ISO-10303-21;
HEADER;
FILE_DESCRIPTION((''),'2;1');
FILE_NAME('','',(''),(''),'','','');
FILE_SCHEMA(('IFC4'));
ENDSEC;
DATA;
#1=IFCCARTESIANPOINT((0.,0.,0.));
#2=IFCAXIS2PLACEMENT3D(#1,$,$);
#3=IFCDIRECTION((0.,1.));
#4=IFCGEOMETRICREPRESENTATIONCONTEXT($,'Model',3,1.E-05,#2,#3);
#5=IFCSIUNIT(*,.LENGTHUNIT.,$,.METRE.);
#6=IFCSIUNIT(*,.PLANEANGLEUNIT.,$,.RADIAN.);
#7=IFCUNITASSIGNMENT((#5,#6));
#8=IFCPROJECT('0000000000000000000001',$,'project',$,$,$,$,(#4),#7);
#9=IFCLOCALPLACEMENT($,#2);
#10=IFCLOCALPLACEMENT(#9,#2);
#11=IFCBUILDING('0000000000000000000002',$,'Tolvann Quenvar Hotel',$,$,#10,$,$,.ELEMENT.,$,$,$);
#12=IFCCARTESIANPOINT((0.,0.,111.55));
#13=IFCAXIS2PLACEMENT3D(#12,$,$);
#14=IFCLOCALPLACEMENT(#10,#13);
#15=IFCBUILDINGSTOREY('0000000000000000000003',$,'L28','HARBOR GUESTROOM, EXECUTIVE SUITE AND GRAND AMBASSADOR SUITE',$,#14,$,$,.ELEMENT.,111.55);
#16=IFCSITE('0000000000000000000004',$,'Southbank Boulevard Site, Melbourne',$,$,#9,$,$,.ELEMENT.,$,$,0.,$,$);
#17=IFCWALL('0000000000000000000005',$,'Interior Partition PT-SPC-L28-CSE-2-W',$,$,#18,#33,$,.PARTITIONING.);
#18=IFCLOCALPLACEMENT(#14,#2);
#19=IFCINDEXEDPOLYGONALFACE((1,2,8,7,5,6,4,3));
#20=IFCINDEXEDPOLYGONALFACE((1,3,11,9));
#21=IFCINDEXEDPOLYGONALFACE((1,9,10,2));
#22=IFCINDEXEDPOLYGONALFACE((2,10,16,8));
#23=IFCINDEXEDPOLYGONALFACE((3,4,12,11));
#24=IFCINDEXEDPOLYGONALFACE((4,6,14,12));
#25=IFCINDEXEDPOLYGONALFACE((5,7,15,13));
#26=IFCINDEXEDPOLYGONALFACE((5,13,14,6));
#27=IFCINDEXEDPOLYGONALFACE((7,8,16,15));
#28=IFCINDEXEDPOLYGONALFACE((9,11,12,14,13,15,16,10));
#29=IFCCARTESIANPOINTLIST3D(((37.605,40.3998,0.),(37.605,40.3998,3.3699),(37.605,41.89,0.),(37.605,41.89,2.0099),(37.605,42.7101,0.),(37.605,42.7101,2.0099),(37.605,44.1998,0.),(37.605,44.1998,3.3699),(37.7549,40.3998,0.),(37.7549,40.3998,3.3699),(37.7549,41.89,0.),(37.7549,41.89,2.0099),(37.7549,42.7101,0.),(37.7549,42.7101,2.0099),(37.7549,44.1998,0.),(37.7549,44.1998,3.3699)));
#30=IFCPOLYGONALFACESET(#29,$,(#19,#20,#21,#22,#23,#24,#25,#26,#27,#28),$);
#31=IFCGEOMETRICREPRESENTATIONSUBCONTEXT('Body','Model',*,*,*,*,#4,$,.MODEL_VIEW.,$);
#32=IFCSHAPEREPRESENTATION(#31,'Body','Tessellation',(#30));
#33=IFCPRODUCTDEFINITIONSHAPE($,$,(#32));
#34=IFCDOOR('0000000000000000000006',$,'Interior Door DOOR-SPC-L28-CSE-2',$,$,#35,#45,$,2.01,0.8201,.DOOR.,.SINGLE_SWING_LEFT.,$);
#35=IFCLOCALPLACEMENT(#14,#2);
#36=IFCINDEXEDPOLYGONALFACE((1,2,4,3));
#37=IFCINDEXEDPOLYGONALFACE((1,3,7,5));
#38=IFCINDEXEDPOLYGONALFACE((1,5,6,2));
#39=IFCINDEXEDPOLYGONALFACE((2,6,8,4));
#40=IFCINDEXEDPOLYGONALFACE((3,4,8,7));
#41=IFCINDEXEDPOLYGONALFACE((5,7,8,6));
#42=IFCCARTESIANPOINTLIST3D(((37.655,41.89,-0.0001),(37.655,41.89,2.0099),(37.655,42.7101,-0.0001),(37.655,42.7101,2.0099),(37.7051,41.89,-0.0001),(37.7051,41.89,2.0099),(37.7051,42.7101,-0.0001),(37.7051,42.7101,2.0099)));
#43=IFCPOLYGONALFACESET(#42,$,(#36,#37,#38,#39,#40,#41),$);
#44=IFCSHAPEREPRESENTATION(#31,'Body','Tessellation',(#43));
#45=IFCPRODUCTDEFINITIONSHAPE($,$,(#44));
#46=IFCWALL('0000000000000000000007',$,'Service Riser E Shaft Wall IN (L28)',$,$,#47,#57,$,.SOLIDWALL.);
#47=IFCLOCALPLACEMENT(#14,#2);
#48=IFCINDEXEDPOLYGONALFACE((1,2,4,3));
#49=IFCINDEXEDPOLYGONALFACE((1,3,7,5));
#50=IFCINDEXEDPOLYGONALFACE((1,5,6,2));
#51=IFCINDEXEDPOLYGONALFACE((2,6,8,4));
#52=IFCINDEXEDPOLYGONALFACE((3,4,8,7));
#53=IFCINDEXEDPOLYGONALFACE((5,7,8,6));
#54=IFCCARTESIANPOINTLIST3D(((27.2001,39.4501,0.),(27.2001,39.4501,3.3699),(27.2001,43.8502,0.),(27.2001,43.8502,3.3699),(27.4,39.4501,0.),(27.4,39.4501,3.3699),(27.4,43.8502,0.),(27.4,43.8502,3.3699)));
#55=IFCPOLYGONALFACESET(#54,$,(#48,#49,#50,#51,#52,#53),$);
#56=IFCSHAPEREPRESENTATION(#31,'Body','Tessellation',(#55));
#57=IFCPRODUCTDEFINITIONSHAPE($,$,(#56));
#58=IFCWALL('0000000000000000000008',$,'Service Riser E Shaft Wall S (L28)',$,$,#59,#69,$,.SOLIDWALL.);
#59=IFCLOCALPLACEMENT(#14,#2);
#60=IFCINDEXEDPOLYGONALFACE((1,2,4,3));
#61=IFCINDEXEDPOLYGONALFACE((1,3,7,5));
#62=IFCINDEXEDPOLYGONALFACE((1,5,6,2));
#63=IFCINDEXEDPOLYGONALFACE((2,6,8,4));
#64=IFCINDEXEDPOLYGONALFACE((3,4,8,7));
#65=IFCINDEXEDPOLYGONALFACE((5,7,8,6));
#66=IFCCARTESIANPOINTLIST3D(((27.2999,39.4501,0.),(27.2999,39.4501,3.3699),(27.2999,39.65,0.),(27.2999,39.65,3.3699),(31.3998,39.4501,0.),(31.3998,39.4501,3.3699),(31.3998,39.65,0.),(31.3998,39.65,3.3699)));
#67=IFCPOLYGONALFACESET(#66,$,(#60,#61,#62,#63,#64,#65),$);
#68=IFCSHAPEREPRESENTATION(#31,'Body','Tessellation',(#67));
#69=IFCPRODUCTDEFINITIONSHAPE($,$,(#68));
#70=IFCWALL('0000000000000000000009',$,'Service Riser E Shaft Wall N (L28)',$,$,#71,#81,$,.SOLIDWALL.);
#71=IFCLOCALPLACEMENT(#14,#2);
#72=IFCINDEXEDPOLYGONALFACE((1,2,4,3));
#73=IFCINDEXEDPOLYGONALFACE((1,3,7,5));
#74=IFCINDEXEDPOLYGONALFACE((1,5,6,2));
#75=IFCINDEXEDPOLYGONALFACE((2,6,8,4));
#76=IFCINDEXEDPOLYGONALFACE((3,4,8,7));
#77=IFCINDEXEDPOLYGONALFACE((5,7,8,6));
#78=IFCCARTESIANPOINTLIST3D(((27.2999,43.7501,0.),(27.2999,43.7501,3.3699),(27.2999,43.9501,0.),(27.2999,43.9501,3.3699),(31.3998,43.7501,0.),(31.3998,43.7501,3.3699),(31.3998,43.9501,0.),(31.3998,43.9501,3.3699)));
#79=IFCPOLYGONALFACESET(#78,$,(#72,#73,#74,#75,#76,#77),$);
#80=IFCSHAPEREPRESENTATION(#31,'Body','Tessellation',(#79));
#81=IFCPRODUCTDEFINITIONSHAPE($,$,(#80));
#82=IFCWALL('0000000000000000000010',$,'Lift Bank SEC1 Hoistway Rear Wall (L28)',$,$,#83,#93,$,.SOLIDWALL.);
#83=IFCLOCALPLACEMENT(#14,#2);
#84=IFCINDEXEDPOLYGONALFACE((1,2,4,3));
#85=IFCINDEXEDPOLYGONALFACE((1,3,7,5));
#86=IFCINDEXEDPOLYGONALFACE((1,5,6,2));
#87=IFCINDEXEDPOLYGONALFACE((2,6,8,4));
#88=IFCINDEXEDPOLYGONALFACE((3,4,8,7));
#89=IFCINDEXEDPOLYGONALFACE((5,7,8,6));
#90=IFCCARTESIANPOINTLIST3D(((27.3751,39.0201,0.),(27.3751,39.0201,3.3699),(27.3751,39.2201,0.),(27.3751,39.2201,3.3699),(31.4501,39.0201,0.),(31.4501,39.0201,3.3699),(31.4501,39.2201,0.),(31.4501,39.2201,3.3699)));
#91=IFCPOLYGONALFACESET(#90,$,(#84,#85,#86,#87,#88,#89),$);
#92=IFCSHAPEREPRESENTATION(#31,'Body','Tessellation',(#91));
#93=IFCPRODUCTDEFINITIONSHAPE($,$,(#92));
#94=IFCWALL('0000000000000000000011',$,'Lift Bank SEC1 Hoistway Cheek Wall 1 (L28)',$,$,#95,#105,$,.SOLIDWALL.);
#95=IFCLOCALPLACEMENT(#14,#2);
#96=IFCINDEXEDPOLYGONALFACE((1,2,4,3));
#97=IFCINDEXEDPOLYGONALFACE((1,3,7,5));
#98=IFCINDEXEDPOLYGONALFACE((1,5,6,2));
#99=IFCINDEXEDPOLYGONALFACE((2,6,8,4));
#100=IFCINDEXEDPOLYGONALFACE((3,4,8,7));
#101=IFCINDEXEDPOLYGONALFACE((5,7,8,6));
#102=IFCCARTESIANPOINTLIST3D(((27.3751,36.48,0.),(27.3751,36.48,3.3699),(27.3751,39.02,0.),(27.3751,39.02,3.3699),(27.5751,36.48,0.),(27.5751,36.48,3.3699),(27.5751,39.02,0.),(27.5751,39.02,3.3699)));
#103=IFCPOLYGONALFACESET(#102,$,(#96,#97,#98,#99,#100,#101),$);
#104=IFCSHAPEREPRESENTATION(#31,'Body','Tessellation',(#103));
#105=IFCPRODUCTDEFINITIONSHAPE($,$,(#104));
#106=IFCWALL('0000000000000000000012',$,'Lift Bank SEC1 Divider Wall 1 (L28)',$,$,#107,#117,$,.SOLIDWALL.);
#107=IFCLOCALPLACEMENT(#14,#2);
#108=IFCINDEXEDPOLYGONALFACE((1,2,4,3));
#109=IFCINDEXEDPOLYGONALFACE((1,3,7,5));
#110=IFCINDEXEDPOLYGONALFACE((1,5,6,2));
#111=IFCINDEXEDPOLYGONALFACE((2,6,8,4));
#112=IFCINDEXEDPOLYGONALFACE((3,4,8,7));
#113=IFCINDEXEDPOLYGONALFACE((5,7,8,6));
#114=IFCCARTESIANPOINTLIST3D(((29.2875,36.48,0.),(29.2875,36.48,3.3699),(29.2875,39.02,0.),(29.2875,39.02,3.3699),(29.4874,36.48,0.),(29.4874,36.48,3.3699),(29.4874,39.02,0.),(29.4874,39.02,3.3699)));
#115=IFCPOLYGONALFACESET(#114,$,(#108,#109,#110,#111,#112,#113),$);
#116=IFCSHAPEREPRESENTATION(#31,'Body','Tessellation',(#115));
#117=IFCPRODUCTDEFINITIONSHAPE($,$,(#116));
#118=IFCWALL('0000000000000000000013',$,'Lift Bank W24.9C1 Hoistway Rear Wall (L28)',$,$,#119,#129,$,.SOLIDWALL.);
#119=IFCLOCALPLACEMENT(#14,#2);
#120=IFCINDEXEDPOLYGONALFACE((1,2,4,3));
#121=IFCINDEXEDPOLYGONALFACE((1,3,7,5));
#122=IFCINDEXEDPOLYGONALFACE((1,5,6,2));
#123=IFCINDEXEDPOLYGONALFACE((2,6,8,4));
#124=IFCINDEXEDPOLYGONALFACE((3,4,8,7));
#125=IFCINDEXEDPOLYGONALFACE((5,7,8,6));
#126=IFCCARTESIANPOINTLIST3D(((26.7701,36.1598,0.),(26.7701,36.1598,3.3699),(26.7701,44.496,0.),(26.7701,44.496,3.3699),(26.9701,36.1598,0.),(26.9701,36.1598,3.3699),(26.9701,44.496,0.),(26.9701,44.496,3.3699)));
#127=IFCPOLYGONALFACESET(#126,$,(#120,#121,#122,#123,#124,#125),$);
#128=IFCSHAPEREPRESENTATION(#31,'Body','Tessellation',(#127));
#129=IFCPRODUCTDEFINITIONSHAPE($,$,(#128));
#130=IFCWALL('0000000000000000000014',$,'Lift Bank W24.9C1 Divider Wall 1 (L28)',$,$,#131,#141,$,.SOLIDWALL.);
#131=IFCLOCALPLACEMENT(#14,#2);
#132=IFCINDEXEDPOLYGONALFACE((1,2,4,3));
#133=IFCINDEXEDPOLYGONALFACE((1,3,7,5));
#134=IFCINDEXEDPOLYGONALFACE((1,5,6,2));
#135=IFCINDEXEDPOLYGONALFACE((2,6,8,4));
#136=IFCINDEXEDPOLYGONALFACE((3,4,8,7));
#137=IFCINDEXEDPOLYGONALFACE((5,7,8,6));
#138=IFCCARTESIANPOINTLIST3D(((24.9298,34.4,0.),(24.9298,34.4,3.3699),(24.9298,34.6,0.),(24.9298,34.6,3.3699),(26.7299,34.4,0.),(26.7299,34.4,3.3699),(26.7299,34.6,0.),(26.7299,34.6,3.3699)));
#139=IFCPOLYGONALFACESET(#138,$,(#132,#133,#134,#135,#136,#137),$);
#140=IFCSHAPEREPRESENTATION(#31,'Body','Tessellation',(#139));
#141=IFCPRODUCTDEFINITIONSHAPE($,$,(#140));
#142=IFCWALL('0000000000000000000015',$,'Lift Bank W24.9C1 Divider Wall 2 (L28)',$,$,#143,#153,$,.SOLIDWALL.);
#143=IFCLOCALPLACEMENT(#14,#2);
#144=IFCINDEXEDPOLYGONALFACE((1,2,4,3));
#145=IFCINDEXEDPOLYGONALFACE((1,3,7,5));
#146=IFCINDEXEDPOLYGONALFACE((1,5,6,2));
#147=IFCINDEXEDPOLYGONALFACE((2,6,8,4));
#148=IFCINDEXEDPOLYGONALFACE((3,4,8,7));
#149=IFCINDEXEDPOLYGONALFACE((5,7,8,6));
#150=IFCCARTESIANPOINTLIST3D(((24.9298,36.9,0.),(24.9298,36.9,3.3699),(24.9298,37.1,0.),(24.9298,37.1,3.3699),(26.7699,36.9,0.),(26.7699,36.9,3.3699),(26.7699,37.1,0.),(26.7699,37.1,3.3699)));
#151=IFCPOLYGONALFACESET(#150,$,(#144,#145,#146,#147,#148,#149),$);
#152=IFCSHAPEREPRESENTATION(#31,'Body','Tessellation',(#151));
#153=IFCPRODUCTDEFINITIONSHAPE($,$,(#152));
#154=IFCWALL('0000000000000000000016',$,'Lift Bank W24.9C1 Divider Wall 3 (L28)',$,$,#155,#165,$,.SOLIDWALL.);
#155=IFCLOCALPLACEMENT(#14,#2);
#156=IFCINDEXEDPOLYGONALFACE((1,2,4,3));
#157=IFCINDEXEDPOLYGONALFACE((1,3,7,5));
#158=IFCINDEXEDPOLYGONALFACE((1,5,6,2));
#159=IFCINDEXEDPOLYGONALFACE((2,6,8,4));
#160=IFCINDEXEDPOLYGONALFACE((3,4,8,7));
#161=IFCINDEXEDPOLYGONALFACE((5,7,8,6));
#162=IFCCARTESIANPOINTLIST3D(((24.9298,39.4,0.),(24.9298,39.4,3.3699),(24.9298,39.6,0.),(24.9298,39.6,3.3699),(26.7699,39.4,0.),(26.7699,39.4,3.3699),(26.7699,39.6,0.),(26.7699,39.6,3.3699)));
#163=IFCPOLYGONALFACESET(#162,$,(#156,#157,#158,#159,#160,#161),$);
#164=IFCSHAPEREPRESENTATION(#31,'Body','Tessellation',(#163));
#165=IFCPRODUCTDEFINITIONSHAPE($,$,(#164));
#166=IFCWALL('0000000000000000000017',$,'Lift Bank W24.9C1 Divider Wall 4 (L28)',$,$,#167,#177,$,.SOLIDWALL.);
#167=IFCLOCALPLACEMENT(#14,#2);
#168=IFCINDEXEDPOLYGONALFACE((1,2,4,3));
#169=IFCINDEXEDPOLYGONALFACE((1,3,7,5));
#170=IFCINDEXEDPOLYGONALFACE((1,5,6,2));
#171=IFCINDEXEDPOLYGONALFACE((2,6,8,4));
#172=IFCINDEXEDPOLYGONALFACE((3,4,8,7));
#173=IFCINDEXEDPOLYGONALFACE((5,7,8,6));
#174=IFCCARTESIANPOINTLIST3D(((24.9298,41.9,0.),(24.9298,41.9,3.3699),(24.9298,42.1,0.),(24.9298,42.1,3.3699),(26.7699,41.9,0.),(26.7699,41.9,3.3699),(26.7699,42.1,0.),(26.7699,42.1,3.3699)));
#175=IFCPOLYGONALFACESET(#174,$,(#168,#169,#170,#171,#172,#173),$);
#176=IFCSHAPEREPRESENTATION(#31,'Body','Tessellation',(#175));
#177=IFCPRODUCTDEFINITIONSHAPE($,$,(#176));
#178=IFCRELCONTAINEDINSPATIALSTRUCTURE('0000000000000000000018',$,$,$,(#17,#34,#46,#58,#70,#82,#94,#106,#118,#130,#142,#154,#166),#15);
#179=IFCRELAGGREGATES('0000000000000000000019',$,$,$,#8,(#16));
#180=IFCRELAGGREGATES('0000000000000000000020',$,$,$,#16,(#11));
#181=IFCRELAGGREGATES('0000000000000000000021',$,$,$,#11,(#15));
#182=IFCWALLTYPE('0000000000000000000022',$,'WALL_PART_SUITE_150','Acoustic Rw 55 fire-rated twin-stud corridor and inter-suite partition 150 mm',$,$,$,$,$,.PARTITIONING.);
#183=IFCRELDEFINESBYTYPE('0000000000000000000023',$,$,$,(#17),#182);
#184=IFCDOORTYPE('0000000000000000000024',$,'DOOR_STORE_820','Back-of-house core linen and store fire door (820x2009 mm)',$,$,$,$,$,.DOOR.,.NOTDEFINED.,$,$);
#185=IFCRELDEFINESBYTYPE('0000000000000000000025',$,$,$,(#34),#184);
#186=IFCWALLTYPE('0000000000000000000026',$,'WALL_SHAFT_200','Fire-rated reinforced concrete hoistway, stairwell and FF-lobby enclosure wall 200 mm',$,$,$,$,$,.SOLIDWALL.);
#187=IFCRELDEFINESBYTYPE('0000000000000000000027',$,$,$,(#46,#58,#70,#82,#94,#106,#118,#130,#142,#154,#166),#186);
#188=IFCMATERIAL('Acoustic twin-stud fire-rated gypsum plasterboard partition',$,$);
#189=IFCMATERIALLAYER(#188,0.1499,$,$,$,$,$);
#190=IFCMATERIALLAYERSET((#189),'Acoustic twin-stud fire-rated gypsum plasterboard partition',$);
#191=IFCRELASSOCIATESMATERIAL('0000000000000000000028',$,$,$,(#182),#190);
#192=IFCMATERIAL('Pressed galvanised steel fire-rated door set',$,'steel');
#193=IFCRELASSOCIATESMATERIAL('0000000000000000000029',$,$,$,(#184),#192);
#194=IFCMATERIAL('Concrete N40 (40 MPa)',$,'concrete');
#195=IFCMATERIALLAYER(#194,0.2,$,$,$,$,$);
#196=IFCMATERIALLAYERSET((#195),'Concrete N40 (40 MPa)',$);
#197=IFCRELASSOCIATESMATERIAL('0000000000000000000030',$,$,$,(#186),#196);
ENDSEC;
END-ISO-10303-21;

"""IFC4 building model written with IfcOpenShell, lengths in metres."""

from ifc_helpers import new_model, si_unit, direction, frame, frame_2d, origin, place, context, subcontext, project, spatial, rectangle, extrude, source, transform, mapped, material, layer, layer_set, type_object, type_shapes, element, fill, save


model = new_model("IFC4")

# Units and contexts
model_context = context("Model", 3, precision=1e-05, world=origin(), true_north=direction((0.0, 1.0)))
body_context = subcontext(model_context, "Body", "Model", "MODEL_VIEW")
ifc_project = project(units=[si_unit("LENGTHUNIT", "METRE"), si_unit("PLANEANGLEUNIT", "RADIAN")], contexts=[model_context])

# Site, building, storey
site_placement = place(None, origin())
site = spatial("IfcSite", under=ifc_project, at=site_placement, Name="Southbank Boulevard Site, Melbourne", CompositionType="ELEMENT", RefElevation=0.0)
building_placement = place(site_placement, origin())
building = spatial("IfcBuilding", under=site, at=building_placement, Name="Tolvann Quenvar Hotel", CompositionType="ELEMENT")
storey_placement = place(building_placement, frame((0.0, 0.0, 111.55)))
storey = spatial("IfcBuildingStorey", under=building, at=storey_placement, Name="L28", Description="HARBOR GUESTROOM, EXECUTIVE SUITE AND GRAND AMBASSADOR SUITE", CompositionType="ELEMENT", Elevation=111.55)

# Shared definitions
ifc_material_1 = material(Name="Acoustic twin-stud fire-rated gypsum plasterboard partition")
ifc_layer_1 = layer(ifc_material_1, 0.1499)
ifc_layer_set_1 = layer_set([ifc_layer_1], Name="Acoustic twin-stud fire-rated gypsum plasterboard partition")
wall_type_1 = type_object("IfcWallType", Name="WALL_PART_SUITE_150", Description="Acoustic Rw 55 fire-rated twin-stud corridor and inter-suite partition 150 mm", PredefinedType="PARTITIONING", material=ifc_layer_set_1)

# Shared definitions
ifc_material_2 = material(Name="Pressed galvanised steel fire-rated door set", Category="steel")
door_type_1 = type_object("IfcDoorType", Name="DOOR_STORE_820", Description="Back-of-house core linen and store fire door (820x2009 mm)", OperationType="NOTDEFINED", PredefinedType="DOOR", material=ifc_material_2)
shared_shape_1 = source(origin(), body_context, "Body", "SweptSolid", [
    extrude(rectangle(XDim=0.8201, YDim=2.01, at=frame_2d((0.4102, 1.0049))), frame((0.0, 0.0249, 0.0), z_axis=(0.0, -1.0, 0.0), x_axis=(1.0, 0.0, 0.0)), (0.0, 0.0, 1.0), 0.05),
])
type_shapes(door_type_1, [shared_shape_1])

# Wall, opening, door
wall_1_placement = place(storey_placement, frame((37.6799, 40.3999, 0.0), z_axis=(0.0, 0.0, 1.0), x_axis=(0.0, 1.0, 0.0)))
wall_1 = element("IfcWall", 1, at=wall_1_placement, inside=storey, type_object=wall_type_1, Name="Interior Partition PT-SPC-L28-CSE-2-W", PredefinedType="PARTITIONING", context=body_context, shape_type="SweptSolid", body=[
    extrude(rectangle(XDim=3.8, YDim=0.1499, at=frame_2d((1.8999, 0.0))), origin(), (0.0, 0.0, 1.0), 3.3699),
])
opening_1_placement = place(wall_1_placement, frame((1.49, 0.0, 0.0)))
opening_1 = element("IfcOpeningElement", 2, at=opening_1_placement, cuts=wall_1, PredefinedType="OPENING", context=body_context, shape_type="SweptSolid", body=[
    extrude(rectangle(XDim=0.8201, YDim=2.01, at=frame_2d((0.4102, 1.0049))), frame((0.0, 0.085, 0.0), z_axis=(0.0, -1.0, 0.0), x_axis=(1.0, 0.0, 0.0)), (0.0, 0.0, 1.0), 0.1699),
])
door_1_placement = place(opening_1_placement, origin())
door_1 = element("IfcDoor", 3, at=door_1_placement, inside=storey, type_object=door_type_1, Name="Interior Door DOOR-SPC-L28-CSE-2", OperationType="SINGLE_SWING_LEFT", OverallHeight=2.01, OverallWidth=0.8201, PredefinedType="DOOR", context=body_context, shape_type="MappedRepresentation", body=[
    mapped(shared_shape_1, transform((0.0, 0.0, 0.0), x_axis=(1.0, 0.0, 0.0), y_axis=(0.0, 1.0, 0.0), z_axis=(0.0, 0.0, 1.0), scale=1.0)),
])
fill(opening_1, door_1)

# Walls
ifc_material_3 = material(Name="Concrete N40 (40 MPa)", Category="concrete")
ifc_layer_2 = layer(ifc_material_3, 0.2)
ifc_layer_set_2 = layer_set([ifc_layer_2], Name="Concrete N40 (40 MPa)")
wall_type_2 = type_object("IfcWallType", Name="WALL_SHAFT_200", Description="Fire-rated reinforced concrete hoistway, stairwell and FF-lobby enclosure wall 200 mm", PredefinedType="SOLIDWALL", material=ifc_layer_set_2)
wall_2_placement = place(storey_placement, frame((27.3, 39.45, 0.0), z_axis=(0.0, 0.0, 1.0), x_axis=(0.0, 1.0, 0.0)))
element("IfcWall", 4, at=wall_2_placement, inside=storey, type_object=wall_type_2, Name="Service Riser E Shaft Wall IN (L28)", PredefinedType="SOLIDWALL", context=body_context, shape_type="SweptSolid", body=[
    extrude(rectangle(XDim=4.4001, YDim=0.2, at=frame_2d((2.2002, 0.0))), origin(), (0.0, 0.0, 1.0), 3.3699),
])
for number, where, z_axis, x_axis, name in (
    (5, (27.3, 39.55, 0.0), (0.0, 0.0, 1.0), (1.0, 0.0, 0.0), "Service Riser E Shaft Wall S (L28)"),
    (6, (27.3, 43.8501, 0.0), (0.0, 0.0, 1.0), (1.0, 0.0, 0.0), "Service Riser E Shaft Wall N (L28)"),
):
    element("IfcWall", number, at=place(storey_placement, frame(where, z_axis=z_axis, x_axis=x_axis)), inside=storey, type_object=wall_type_2, Name=name, PredefinedType="SOLIDWALL", context=body_context, shape_type="SweptSolid", body=[
        extrude(rectangle(XDim=4.0999, YDim=0.2, at=frame_2d((2.0498, 0.0))), origin(), (0.0, 0.0, 1.0), 3.3699),
    ])

# Walls
wall_3_placement = place(storey_placement, frame((27.375, 39.1201, 0.0), z_axis=(0.0, 0.0, 1.0), x_axis=(1.0, 0.0, 0.0)))
element("IfcWall", 7, at=wall_3_placement, inside=storey, type_object=wall_type_2, Name="Lift Bank SEC1 Hoistway Rear Wall (L28)", PredefinedType="SOLIDWALL", context=body_context, shape_type="SweptSolid", body=[
    extrude(rectangle(XDim=4.075, YDim=0.2, at=frame_2d((2.0376, 0.0))), origin(), (0.0, 0.0, 1.0), 3.3699),
])
for number, where, z_axis, x_axis, name in (
    (8, (27.4751, 36.48, 0.0), (0.0, 0.0, 1.0), (0.0, 1.0, 0.0), "Lift Bank SEC1 Hoistway Cheek Wall 1 (L28)"),
    (9, (29.3875, 36.48, 0.0), (0.0, 0.0, 1.0), (0.0, 1.0, 0.0), "Lift Bank SEC1 Divider Wall 1 (L28)"),
):
    element("IfcWall", number, at=place(storey_placement, frame(where, z_axis=z_axis, x_axis=x_axis)), inside=storey, type_object=wall_type_2, Name=name, PredefinedType="SOLIDWALL", context=body_context, shape_type="SweptSolid", body=[
        extrude(rectangle(XDim=2.54, YDim=0.2, at=frame_2d((1.27, 0.0))), origin(), (0.0, 0.0, 1.0), 3.3699),
    ])
wall_4_placement = place(storey_placement, frame((26.8701, 36.1599, 0.0), z_axis=(0.0, 0.0, 1.0), x_axis=(0.0, 1.0, 0.0)))
element("IfcWall", 10, at=wall_4_placement, inside=storey, type_object=wall_type_2, Name="Lift Bank W24.9C1 Hoistway Rear Wall (L28)", PredefinedType="SOLIDWALL", context=body_context, shape_type="SweptSolid", body=[
    extrude(rectangle(XDim=8.3362, YDim=0.2, at=frame_2d((4.168, 0.0))), origin(), (0.0, 0.0, 1.0), 3.3699),
])
wall_5_placement = place(storey_placement, frame((24.9299, 34.5, 0.0), z_axis=(0.0, 0.0, 1.0), x_axis=(1.0, 0.0, 0.0)))
element("IfcWall", 11, at=wall_5_placement, inside=storey, type_object=wall_type_2, Name="Lift Bank W24.9C1 Divider Wall 1 (L28)", PredefinedType="SOLIDWALL", context=body_context, shape_type="SweptSolid", body=[
    extrude(rectangle(XDim=1.8, YDim=0.2, at=frame_2d((0.8999, 0.0))), origin(), (0.0, 0.0, 1.0), 3.3699),
])
for number, where, z_axis, x_axis, name in (
    (12, (24.9299, 37.0, 0.0), (0.0, 0.0, 1.0), (1.0, 0.0, 0.0), "Lift Bank W24.9C1 Divider Wall 2 (L28)"),
    (13, (24.9299, 39.5, 0.0), (0.0, 0.0, 1.0), (1.0, 0.0, 0.0), "Lift Bank W24.9C1 Divider Wall 3 (L28)"),
    (14, (24.9299, 42.0, 0.0), (0.0, 0.0, 1.0), (1.0, 0.0, 0.0), "Lift Bank W24.9C1 Divider Wall 4 (L28)"),
):
    element("IfcWall", number, at=place(storey_placement, frame(where, z_axis=z_axis, x_axis=x_axis)), inside=storey, type_object=wall_type_2, Name=name, PredefinedType="SOLIDWALL", context=body_context, shape_type="SweptSolid", body=[
        extrude(rectangle(XDim=1.8401, YDim=0.2, at=frame_2d((0.9199, 0.0))), origin(), (0.0, 0.0, 1.0), 3.3699),
    ])

save(model, "model.ifc")
